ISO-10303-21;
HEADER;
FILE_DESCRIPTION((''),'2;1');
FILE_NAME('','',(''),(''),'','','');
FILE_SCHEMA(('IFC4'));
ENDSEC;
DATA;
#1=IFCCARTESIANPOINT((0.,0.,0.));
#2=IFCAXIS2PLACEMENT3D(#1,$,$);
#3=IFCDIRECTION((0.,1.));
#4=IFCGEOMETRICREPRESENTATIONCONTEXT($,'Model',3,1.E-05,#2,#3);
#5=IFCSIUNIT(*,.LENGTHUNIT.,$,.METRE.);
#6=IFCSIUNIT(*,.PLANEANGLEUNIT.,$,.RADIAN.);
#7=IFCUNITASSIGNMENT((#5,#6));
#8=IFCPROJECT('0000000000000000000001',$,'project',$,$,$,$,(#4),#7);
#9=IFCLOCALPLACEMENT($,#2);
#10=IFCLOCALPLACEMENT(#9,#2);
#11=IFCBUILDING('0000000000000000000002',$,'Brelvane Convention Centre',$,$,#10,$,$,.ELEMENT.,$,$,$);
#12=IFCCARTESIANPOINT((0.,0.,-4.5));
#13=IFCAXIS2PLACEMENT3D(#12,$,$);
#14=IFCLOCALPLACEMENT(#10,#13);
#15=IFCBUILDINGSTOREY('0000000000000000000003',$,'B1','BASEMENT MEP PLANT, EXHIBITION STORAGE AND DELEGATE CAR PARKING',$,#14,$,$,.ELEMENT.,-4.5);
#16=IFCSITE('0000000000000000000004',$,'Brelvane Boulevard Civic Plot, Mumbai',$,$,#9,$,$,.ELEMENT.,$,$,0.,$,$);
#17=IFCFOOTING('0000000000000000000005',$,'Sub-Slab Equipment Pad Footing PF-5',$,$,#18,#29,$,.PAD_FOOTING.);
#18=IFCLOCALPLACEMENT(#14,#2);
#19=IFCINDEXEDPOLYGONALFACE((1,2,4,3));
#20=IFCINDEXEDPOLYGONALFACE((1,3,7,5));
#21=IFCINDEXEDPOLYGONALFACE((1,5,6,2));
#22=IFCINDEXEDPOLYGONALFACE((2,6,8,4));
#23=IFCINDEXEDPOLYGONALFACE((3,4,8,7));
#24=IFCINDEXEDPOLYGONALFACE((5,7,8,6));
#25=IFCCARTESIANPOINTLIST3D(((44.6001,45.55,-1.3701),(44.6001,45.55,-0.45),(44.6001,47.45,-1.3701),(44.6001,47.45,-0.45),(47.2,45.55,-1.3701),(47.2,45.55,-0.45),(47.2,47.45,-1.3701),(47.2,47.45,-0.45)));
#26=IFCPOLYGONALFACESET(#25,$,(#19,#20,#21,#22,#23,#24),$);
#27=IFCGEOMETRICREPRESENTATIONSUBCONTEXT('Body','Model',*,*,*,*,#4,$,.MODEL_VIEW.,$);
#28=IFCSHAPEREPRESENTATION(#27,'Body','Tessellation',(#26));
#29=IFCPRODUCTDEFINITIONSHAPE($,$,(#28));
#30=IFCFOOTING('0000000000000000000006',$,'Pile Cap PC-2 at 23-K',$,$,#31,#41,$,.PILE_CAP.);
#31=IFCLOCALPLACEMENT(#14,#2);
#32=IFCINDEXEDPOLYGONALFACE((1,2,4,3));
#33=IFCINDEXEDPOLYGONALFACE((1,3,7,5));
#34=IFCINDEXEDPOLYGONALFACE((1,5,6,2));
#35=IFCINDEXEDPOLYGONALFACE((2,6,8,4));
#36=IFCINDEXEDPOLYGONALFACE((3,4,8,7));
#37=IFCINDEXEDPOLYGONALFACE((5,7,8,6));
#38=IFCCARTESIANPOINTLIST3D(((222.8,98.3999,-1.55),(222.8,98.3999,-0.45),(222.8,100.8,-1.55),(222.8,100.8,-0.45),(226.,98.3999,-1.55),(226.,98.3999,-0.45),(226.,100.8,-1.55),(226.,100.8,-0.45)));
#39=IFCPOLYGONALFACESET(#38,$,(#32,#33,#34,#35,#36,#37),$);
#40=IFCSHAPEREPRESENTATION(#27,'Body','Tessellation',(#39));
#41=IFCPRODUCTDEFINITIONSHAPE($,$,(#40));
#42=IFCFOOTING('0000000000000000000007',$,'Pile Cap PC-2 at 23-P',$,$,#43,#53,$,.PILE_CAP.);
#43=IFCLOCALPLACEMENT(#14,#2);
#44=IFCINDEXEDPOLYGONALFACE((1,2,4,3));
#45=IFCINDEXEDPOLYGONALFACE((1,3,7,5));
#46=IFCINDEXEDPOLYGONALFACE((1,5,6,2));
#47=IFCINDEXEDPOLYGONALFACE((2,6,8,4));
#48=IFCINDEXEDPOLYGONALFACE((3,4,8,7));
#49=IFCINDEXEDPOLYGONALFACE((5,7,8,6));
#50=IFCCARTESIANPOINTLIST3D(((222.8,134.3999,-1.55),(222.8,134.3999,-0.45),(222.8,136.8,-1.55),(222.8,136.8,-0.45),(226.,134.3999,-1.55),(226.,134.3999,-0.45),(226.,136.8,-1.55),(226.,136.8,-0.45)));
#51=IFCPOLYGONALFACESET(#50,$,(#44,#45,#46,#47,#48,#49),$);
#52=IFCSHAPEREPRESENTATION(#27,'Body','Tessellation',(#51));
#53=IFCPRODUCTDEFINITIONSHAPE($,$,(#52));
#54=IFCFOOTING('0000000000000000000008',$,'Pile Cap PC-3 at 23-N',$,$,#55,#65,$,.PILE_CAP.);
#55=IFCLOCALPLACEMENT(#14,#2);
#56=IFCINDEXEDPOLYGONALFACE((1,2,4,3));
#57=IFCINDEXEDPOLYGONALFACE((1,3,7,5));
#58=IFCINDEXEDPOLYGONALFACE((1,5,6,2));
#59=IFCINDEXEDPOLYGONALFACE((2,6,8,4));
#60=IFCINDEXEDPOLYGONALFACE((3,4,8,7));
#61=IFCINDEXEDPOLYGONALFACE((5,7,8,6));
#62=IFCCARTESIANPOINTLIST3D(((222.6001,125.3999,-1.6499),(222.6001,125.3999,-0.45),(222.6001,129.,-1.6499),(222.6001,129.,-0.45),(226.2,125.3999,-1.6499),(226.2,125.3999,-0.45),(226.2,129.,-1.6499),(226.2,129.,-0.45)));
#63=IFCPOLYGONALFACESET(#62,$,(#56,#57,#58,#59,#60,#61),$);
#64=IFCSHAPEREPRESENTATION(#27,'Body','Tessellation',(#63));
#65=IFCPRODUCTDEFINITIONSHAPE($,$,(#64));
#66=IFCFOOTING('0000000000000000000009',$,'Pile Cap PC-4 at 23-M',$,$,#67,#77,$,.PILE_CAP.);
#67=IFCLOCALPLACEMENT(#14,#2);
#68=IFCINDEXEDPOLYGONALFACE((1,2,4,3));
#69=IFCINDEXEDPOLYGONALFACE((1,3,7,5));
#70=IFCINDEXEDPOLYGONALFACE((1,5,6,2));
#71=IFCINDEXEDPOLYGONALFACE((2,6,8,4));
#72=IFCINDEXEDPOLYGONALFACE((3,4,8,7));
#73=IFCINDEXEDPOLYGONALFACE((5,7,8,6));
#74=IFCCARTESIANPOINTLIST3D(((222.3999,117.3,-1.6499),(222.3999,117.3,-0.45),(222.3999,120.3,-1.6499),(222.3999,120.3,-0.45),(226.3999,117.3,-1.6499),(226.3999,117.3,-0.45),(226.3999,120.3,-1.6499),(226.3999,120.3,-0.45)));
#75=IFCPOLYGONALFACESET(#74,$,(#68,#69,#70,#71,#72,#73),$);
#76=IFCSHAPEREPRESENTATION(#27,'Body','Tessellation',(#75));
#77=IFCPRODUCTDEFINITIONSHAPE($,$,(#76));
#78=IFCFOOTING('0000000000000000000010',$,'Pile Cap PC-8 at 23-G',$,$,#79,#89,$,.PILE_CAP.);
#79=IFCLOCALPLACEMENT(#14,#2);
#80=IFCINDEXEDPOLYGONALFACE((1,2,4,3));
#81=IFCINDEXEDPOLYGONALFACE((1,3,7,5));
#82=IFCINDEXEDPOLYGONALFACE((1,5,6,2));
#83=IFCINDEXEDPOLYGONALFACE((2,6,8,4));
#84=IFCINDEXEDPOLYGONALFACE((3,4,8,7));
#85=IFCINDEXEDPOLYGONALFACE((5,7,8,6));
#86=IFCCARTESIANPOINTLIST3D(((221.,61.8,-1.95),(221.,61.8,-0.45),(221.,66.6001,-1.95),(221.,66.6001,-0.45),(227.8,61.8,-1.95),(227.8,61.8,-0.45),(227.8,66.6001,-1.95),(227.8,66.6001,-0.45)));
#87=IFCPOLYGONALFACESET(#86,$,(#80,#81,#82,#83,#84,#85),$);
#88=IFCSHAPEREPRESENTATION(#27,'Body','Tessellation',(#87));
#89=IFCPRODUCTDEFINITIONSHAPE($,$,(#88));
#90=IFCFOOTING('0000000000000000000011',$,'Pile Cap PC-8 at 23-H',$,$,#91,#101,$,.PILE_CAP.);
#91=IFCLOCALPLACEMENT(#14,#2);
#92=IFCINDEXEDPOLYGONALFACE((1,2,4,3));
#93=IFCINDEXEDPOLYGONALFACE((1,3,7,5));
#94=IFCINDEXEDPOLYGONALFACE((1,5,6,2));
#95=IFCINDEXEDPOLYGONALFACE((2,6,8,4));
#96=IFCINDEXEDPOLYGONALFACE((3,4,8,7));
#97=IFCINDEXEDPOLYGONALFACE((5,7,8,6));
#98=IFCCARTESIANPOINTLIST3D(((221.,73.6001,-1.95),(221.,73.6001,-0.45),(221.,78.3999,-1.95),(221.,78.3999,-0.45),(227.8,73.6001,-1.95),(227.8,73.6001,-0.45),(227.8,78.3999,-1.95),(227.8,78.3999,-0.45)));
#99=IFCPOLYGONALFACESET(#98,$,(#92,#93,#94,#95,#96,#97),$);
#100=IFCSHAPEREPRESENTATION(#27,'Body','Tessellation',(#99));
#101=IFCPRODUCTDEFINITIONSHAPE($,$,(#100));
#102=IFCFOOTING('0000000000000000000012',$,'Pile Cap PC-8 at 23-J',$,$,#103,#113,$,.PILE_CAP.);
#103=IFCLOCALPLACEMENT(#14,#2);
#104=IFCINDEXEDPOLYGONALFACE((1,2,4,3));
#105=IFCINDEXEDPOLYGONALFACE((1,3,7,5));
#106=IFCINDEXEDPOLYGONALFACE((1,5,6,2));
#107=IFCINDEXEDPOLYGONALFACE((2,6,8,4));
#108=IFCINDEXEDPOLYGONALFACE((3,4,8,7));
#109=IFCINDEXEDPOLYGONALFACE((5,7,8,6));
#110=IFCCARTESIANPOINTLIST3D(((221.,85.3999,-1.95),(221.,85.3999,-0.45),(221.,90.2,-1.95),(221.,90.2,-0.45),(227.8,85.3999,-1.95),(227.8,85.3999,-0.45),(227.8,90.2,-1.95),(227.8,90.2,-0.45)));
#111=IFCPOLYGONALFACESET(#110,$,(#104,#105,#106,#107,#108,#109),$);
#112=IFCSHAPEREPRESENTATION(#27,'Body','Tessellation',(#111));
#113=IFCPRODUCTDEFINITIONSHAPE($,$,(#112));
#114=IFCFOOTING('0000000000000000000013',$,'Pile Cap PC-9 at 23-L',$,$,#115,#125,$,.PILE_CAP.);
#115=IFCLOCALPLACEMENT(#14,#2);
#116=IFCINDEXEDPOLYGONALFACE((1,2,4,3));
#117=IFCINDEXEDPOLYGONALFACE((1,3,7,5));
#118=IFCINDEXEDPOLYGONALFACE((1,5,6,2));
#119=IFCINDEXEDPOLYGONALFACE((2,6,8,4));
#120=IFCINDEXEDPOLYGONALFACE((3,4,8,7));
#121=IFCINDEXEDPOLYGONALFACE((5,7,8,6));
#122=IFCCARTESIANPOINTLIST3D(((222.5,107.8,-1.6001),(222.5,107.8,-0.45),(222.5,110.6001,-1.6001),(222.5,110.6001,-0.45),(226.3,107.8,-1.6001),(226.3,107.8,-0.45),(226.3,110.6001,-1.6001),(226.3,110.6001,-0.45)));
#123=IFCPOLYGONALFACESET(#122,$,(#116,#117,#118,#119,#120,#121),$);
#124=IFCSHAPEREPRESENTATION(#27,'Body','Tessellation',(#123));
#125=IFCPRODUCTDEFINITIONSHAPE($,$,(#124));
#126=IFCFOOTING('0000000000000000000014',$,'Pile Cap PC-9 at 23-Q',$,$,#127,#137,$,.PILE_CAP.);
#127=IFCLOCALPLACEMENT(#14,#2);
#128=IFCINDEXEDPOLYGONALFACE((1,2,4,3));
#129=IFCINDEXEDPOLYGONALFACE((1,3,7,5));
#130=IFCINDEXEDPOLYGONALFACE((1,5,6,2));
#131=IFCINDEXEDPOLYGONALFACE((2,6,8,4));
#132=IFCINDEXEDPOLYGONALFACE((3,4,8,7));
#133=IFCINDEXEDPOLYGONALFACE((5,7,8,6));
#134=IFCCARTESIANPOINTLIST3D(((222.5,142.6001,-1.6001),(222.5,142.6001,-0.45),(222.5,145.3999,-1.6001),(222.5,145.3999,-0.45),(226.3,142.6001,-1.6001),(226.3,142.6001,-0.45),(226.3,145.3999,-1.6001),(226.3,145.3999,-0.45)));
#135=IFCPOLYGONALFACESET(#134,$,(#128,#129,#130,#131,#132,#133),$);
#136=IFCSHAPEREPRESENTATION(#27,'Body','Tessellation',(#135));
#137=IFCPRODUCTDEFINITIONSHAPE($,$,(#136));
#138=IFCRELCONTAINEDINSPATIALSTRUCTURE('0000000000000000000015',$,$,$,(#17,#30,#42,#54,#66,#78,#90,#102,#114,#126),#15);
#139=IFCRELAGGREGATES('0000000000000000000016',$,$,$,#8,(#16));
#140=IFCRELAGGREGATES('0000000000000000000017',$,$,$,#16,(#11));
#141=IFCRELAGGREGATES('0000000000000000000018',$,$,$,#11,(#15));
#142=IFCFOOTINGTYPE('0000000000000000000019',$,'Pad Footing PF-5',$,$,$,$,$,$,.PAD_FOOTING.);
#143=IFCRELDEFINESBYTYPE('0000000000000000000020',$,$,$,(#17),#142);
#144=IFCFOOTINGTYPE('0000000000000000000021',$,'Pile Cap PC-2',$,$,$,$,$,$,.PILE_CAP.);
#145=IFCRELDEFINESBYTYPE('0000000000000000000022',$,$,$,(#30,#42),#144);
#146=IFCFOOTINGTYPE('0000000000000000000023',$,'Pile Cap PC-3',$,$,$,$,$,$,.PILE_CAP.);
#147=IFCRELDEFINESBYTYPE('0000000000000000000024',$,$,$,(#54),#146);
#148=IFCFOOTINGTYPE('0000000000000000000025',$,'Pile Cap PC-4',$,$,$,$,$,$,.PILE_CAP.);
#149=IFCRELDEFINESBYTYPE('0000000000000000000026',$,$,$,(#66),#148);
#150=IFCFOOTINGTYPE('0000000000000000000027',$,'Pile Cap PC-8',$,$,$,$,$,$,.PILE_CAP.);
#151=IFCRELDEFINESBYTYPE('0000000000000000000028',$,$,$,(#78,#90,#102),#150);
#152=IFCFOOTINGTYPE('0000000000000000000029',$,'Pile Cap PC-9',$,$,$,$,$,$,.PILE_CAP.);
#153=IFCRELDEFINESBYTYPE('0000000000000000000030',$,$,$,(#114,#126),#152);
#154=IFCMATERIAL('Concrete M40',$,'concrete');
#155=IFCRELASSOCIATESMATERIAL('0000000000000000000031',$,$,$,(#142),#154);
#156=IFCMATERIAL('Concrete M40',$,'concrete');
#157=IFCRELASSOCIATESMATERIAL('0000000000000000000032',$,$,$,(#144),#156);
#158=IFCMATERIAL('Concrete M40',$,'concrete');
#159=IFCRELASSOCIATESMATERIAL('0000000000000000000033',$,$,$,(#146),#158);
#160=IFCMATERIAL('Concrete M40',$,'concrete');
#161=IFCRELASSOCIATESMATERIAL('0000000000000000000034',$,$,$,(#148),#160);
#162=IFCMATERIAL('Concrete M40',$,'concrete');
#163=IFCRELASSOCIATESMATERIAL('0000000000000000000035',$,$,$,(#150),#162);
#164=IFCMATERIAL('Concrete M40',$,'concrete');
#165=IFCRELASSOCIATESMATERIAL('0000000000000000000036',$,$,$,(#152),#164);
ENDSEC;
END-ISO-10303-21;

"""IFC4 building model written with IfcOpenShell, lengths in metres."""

from ifc_helpers import new_model, si_unit, direction, frame, origin, place, context, subcontext, project, spatial, polyline, outline, extrude, material, type_object, element, save


model = new_model("IFC4")

# Units and contexts
model_context = context("Model", 3, precision=1e-05, world=origin(), true_north=direction((0.0, 1.0)))
body_context = subcontext(model_context, "Body", "Model", "MODEL_VIEW")
ifc_project = project(units=[si_unit("LENGTHUNIT", "METRE"), si_unit("PLANEANGLEUNIT", "RADIAN")], contexts=[model_context])

# Site, building, storey
site_placement = place(None, origin())
site = spatial("IfcSite", under=ifc_project, at=site_placement, Name="Brelvane Boulevard Civic Plot, Mumbai", CompositionType="ELEMENT", RefElevation=0.0)
building_placement = place(site_placement, origin())
building = spatial("IfcBuilding", under=site, at=building_placement, Name="Brelvane Convention Centre", CompositionType="ELEMENT")
storey_placement = place(building_placement, frame((0.0, 0.0, -4.5)))
storey = spatial("IfcBuildingStorey", under=building, at=storey_placement, Name="B1", Description="BASEMENT MEP PLANT, EXHIBITION STORAGE AND DELEGATE CAR PARKING", CompositionType="ELEMENT", Elevation=-4.5)

# Footings
ifc_material_1 = material(Name="Concrete M40", Category="concrete")
footing_type_1 = type_object("IfcFootingType", Name="Pad Footing PF-5", PredefinedType="PAD_FOOTING", material=ifc_material_1)
footing_1_placement = place(storey_placement, frame((0.0, 0.0, -1.3701)))
element("IfcFooting", 1, at=footing_1_placement, inside=storey, type_object=footing_type_1, Name="Sub-Slab Equipment Pad Footing PF-5", PredefinedType="PAD_FOOTING", context=body_context, shape_type="SweptSolid", body=[
    extrude(outline(polyline([(44.6001, 45.55), (47.2, 45.55), (47.2, 47.45), (44.6001, 47.45), (44.6001, 45.55)])), origin(), (0.0, 0.0, 1.0), 0.9202),
])
ifc_material_2 = material(Name="Concrete M40", Category="concrete")
footing_type_2 = type_object("IfcFootingType", Name="Pile Cap PC-2", PredefinedType="PILE_CAP", material=ifc_material_2)
footing_2_placement = place(storey_placement, frame((0.0, 0.0, -1.55)))
element("IfcFooting", 2, at=footing_2_placement, inside=storey, type_object=footing_type_2, Name="Pile Cap PC-2 at 23-K", PredefinedType="PILE_CAP", context=body_context, shape_type="SweptSolid", body=[
    extrude(outline(polyline([(222.8, 98.3999), (226.0, 98.3999), (226.0, 100.8), (222.8, 100.8), (222.8, 98.3999)])), origin(), (0.0, 0.0, 1.0), 1.1001),
])
footing_3_placement = place(storey_placement, frame((0.0, 0.0, -1.55)))
element("IfcFooting", 3, at=footing_3_placement, inside=storey, type_object=footing_type_2, Name="Pile Cap PC-2 at 23-P", PredefinedType="PILE_CAP", context=body_context, shape_type="SweptSolid", body=[
    extrude(outline(polyline([(222.8, 134.3999), (226.0, 134.3999), (226.0, 136.8), (222.8, 136.8), (222.8, 134.3999)])), origin(), (0.0, 0.0, 1.0), 1.1001),
])
ifc_material_3 = material(Name="Concrete M40", Category="concrete")
footing_type_3 = type_object("IfcFootingType", Name="Pile Cap PC-3", PredefinedType="PILE_CAP", material=ifc_material_3)
footing_4_placement = place(storey_placement, frame((0.0, 0.0, -1.6499)))
element("IfcFooting", 4, at=footing_4_placement, inside=storey, type_object=footing_type_3, Name="Pile Cap PC-3 at 23-N", PredefinedType="PILE_CAP", context=body_context, shape_type="SweptSolid", body=[
    extrude(outline(polyline([(222.6001, 125.3999), (226.2, 125.3999), (226.2, 129.0), (222.6001, 129.0), (222.6001, 125.3999)])), origin(), (0.0, 0.0, 1.0), 1.2),
])
ifc_material_4 = material(Name="Concrete M40", Category="concrete")
footing_type_4 = type_object("IfcFootingType", Name="Pile Cap PC-4", PredefinedType="PILE_CAP", material=ifc_material_4)
footing_5_placement = place(storey_placement, frame((0.0, 0.0, -1.6499)))
element("IfcFooting", 5, at=footing_5_placement, inside=storey, type_object=footing_type_4, Name="Pile Cap PC-4 at 23-M", PredefinedType="PILE_CAP", context=body_context, shape_type="SweptSolid", body=[
    extrude(outline(polyline([(222.3999, 117.3), (226.3999, 117.3), (226.3999, 120.3), (222.3999, 120.3), (222.3999, 117.3)])), origin(), (0.0, 0.0, 1.0), 1.2),
])
ifc_material_5 = material(Name="Concrete M40", Category="concrete")
footing_type_5 = type_object("IfcFootingType", Name="Pile Cap PC-8", PredefinedType="PILE_CAP", material=ifc_material_5)
footing_6_placement = place(storey_placement, frame((0.0, 0.0, -1.95)))
element("IfcFooting", 6, at=footing_6_placement, inside=storey, type_object=footing_type_5, Name="Pile Cap PC-8 at 23-G", PredefinedType="PILE_CAP", context=body_context, shape_type="SweptSolid", body=[
    extrude(outline(polyline([(221.0, 61.8), (227.8, 61.8), (227.8, 66.6001), (221.0, 66.6001), (221.0, 61.8)])), origin(), (0.0, 0.0, 1.0), 1.5),
])
footing_7_placement = place(storey_placement, frame((0.0, 0.0, -1.95)))
element("IfcFooting", 7, at=footing_7_placement, inside=storey, type_object=footing_type_5, Name="Pile Cap PC-8 at 23-H", PredefinedType="PILE_CAP", context=body_context, shape_type="SweptSolid", body=[
    extrude(outline(polyline([(221.0, 73.6001), (227.8, 73.6001), (227.8, 78.3999), (221.0, 78.3999), (221.0, 73.6001)])), origin(), (0.0, 0.0, 1.0), 1.5),
])
footing_8_placement = place(storey_placement, frame((0.0, 0.0, -1.95)))
element("IfcFooting", 8, at=footing_8_placement, inside=storey, type_object=footing_type_5, Name="Pile Cap PC-8 at 23-J", PredefinedType="PILE_CAP", context=body_context, shape_type="SweptSolid", body=[
    extrude(outline(polyline([(221.0, 85.3999), (227.8, 85.3999), (227.8, 90.2), (221.0, 90.2), (221.0, 85.3999)])), origin(), (0.0, 0.0, 1.0), 1.5),
])
ifc_material_6 = material(Name="Concrete M40", Category="concrete")
footing_type_6 = type_object("IfcFootingType", Name="Pile Cap PC-9", PredefinedType="PILE_CAP", material=ifc_material_6)
footing_9_placement = place(storey_placement, frame((0.0, 0.0, -1.6001)))
element("IfcFooting", 9, at=footing_9_placement, inside=storey, type_object=footing_type_6, Name="Pile Cap PC-9 at 23-L", PredefinedType="PILE_CAP", context=body_context, shape_type="SweptSolid", body=[
    extrude(outline(polyline([(222.5, 107.8), (226.3, 107.8), (226.3, 110.6001), (222.5, 110.6001), (222.5, 107.8)])), origin(), (0.0, 0.0, 1.0), 1.1501),
])
footing_10_placement = place(storey_placement, frame((0.0, 0.0, -1.6001)))
element("IfcFooting", 10, at=footing_10_placement, inside=storey, type_object=footing_type_6, Name="Pile Cap PC-9 at 23-Q", PredefinedType="PILE_CAP", context=body_context, shape_type="SweptSolid", body=[
    extrude(outline(polyline([(222.5, 142.6001), (226.3, 142.6001), (226.3, 145.3999), (222.5, 145.3999), (222.5, 142.6001)])), origin(), (0.0, 0.0, 1.0), 1.1501),
])

save(model, "model.ifc")
